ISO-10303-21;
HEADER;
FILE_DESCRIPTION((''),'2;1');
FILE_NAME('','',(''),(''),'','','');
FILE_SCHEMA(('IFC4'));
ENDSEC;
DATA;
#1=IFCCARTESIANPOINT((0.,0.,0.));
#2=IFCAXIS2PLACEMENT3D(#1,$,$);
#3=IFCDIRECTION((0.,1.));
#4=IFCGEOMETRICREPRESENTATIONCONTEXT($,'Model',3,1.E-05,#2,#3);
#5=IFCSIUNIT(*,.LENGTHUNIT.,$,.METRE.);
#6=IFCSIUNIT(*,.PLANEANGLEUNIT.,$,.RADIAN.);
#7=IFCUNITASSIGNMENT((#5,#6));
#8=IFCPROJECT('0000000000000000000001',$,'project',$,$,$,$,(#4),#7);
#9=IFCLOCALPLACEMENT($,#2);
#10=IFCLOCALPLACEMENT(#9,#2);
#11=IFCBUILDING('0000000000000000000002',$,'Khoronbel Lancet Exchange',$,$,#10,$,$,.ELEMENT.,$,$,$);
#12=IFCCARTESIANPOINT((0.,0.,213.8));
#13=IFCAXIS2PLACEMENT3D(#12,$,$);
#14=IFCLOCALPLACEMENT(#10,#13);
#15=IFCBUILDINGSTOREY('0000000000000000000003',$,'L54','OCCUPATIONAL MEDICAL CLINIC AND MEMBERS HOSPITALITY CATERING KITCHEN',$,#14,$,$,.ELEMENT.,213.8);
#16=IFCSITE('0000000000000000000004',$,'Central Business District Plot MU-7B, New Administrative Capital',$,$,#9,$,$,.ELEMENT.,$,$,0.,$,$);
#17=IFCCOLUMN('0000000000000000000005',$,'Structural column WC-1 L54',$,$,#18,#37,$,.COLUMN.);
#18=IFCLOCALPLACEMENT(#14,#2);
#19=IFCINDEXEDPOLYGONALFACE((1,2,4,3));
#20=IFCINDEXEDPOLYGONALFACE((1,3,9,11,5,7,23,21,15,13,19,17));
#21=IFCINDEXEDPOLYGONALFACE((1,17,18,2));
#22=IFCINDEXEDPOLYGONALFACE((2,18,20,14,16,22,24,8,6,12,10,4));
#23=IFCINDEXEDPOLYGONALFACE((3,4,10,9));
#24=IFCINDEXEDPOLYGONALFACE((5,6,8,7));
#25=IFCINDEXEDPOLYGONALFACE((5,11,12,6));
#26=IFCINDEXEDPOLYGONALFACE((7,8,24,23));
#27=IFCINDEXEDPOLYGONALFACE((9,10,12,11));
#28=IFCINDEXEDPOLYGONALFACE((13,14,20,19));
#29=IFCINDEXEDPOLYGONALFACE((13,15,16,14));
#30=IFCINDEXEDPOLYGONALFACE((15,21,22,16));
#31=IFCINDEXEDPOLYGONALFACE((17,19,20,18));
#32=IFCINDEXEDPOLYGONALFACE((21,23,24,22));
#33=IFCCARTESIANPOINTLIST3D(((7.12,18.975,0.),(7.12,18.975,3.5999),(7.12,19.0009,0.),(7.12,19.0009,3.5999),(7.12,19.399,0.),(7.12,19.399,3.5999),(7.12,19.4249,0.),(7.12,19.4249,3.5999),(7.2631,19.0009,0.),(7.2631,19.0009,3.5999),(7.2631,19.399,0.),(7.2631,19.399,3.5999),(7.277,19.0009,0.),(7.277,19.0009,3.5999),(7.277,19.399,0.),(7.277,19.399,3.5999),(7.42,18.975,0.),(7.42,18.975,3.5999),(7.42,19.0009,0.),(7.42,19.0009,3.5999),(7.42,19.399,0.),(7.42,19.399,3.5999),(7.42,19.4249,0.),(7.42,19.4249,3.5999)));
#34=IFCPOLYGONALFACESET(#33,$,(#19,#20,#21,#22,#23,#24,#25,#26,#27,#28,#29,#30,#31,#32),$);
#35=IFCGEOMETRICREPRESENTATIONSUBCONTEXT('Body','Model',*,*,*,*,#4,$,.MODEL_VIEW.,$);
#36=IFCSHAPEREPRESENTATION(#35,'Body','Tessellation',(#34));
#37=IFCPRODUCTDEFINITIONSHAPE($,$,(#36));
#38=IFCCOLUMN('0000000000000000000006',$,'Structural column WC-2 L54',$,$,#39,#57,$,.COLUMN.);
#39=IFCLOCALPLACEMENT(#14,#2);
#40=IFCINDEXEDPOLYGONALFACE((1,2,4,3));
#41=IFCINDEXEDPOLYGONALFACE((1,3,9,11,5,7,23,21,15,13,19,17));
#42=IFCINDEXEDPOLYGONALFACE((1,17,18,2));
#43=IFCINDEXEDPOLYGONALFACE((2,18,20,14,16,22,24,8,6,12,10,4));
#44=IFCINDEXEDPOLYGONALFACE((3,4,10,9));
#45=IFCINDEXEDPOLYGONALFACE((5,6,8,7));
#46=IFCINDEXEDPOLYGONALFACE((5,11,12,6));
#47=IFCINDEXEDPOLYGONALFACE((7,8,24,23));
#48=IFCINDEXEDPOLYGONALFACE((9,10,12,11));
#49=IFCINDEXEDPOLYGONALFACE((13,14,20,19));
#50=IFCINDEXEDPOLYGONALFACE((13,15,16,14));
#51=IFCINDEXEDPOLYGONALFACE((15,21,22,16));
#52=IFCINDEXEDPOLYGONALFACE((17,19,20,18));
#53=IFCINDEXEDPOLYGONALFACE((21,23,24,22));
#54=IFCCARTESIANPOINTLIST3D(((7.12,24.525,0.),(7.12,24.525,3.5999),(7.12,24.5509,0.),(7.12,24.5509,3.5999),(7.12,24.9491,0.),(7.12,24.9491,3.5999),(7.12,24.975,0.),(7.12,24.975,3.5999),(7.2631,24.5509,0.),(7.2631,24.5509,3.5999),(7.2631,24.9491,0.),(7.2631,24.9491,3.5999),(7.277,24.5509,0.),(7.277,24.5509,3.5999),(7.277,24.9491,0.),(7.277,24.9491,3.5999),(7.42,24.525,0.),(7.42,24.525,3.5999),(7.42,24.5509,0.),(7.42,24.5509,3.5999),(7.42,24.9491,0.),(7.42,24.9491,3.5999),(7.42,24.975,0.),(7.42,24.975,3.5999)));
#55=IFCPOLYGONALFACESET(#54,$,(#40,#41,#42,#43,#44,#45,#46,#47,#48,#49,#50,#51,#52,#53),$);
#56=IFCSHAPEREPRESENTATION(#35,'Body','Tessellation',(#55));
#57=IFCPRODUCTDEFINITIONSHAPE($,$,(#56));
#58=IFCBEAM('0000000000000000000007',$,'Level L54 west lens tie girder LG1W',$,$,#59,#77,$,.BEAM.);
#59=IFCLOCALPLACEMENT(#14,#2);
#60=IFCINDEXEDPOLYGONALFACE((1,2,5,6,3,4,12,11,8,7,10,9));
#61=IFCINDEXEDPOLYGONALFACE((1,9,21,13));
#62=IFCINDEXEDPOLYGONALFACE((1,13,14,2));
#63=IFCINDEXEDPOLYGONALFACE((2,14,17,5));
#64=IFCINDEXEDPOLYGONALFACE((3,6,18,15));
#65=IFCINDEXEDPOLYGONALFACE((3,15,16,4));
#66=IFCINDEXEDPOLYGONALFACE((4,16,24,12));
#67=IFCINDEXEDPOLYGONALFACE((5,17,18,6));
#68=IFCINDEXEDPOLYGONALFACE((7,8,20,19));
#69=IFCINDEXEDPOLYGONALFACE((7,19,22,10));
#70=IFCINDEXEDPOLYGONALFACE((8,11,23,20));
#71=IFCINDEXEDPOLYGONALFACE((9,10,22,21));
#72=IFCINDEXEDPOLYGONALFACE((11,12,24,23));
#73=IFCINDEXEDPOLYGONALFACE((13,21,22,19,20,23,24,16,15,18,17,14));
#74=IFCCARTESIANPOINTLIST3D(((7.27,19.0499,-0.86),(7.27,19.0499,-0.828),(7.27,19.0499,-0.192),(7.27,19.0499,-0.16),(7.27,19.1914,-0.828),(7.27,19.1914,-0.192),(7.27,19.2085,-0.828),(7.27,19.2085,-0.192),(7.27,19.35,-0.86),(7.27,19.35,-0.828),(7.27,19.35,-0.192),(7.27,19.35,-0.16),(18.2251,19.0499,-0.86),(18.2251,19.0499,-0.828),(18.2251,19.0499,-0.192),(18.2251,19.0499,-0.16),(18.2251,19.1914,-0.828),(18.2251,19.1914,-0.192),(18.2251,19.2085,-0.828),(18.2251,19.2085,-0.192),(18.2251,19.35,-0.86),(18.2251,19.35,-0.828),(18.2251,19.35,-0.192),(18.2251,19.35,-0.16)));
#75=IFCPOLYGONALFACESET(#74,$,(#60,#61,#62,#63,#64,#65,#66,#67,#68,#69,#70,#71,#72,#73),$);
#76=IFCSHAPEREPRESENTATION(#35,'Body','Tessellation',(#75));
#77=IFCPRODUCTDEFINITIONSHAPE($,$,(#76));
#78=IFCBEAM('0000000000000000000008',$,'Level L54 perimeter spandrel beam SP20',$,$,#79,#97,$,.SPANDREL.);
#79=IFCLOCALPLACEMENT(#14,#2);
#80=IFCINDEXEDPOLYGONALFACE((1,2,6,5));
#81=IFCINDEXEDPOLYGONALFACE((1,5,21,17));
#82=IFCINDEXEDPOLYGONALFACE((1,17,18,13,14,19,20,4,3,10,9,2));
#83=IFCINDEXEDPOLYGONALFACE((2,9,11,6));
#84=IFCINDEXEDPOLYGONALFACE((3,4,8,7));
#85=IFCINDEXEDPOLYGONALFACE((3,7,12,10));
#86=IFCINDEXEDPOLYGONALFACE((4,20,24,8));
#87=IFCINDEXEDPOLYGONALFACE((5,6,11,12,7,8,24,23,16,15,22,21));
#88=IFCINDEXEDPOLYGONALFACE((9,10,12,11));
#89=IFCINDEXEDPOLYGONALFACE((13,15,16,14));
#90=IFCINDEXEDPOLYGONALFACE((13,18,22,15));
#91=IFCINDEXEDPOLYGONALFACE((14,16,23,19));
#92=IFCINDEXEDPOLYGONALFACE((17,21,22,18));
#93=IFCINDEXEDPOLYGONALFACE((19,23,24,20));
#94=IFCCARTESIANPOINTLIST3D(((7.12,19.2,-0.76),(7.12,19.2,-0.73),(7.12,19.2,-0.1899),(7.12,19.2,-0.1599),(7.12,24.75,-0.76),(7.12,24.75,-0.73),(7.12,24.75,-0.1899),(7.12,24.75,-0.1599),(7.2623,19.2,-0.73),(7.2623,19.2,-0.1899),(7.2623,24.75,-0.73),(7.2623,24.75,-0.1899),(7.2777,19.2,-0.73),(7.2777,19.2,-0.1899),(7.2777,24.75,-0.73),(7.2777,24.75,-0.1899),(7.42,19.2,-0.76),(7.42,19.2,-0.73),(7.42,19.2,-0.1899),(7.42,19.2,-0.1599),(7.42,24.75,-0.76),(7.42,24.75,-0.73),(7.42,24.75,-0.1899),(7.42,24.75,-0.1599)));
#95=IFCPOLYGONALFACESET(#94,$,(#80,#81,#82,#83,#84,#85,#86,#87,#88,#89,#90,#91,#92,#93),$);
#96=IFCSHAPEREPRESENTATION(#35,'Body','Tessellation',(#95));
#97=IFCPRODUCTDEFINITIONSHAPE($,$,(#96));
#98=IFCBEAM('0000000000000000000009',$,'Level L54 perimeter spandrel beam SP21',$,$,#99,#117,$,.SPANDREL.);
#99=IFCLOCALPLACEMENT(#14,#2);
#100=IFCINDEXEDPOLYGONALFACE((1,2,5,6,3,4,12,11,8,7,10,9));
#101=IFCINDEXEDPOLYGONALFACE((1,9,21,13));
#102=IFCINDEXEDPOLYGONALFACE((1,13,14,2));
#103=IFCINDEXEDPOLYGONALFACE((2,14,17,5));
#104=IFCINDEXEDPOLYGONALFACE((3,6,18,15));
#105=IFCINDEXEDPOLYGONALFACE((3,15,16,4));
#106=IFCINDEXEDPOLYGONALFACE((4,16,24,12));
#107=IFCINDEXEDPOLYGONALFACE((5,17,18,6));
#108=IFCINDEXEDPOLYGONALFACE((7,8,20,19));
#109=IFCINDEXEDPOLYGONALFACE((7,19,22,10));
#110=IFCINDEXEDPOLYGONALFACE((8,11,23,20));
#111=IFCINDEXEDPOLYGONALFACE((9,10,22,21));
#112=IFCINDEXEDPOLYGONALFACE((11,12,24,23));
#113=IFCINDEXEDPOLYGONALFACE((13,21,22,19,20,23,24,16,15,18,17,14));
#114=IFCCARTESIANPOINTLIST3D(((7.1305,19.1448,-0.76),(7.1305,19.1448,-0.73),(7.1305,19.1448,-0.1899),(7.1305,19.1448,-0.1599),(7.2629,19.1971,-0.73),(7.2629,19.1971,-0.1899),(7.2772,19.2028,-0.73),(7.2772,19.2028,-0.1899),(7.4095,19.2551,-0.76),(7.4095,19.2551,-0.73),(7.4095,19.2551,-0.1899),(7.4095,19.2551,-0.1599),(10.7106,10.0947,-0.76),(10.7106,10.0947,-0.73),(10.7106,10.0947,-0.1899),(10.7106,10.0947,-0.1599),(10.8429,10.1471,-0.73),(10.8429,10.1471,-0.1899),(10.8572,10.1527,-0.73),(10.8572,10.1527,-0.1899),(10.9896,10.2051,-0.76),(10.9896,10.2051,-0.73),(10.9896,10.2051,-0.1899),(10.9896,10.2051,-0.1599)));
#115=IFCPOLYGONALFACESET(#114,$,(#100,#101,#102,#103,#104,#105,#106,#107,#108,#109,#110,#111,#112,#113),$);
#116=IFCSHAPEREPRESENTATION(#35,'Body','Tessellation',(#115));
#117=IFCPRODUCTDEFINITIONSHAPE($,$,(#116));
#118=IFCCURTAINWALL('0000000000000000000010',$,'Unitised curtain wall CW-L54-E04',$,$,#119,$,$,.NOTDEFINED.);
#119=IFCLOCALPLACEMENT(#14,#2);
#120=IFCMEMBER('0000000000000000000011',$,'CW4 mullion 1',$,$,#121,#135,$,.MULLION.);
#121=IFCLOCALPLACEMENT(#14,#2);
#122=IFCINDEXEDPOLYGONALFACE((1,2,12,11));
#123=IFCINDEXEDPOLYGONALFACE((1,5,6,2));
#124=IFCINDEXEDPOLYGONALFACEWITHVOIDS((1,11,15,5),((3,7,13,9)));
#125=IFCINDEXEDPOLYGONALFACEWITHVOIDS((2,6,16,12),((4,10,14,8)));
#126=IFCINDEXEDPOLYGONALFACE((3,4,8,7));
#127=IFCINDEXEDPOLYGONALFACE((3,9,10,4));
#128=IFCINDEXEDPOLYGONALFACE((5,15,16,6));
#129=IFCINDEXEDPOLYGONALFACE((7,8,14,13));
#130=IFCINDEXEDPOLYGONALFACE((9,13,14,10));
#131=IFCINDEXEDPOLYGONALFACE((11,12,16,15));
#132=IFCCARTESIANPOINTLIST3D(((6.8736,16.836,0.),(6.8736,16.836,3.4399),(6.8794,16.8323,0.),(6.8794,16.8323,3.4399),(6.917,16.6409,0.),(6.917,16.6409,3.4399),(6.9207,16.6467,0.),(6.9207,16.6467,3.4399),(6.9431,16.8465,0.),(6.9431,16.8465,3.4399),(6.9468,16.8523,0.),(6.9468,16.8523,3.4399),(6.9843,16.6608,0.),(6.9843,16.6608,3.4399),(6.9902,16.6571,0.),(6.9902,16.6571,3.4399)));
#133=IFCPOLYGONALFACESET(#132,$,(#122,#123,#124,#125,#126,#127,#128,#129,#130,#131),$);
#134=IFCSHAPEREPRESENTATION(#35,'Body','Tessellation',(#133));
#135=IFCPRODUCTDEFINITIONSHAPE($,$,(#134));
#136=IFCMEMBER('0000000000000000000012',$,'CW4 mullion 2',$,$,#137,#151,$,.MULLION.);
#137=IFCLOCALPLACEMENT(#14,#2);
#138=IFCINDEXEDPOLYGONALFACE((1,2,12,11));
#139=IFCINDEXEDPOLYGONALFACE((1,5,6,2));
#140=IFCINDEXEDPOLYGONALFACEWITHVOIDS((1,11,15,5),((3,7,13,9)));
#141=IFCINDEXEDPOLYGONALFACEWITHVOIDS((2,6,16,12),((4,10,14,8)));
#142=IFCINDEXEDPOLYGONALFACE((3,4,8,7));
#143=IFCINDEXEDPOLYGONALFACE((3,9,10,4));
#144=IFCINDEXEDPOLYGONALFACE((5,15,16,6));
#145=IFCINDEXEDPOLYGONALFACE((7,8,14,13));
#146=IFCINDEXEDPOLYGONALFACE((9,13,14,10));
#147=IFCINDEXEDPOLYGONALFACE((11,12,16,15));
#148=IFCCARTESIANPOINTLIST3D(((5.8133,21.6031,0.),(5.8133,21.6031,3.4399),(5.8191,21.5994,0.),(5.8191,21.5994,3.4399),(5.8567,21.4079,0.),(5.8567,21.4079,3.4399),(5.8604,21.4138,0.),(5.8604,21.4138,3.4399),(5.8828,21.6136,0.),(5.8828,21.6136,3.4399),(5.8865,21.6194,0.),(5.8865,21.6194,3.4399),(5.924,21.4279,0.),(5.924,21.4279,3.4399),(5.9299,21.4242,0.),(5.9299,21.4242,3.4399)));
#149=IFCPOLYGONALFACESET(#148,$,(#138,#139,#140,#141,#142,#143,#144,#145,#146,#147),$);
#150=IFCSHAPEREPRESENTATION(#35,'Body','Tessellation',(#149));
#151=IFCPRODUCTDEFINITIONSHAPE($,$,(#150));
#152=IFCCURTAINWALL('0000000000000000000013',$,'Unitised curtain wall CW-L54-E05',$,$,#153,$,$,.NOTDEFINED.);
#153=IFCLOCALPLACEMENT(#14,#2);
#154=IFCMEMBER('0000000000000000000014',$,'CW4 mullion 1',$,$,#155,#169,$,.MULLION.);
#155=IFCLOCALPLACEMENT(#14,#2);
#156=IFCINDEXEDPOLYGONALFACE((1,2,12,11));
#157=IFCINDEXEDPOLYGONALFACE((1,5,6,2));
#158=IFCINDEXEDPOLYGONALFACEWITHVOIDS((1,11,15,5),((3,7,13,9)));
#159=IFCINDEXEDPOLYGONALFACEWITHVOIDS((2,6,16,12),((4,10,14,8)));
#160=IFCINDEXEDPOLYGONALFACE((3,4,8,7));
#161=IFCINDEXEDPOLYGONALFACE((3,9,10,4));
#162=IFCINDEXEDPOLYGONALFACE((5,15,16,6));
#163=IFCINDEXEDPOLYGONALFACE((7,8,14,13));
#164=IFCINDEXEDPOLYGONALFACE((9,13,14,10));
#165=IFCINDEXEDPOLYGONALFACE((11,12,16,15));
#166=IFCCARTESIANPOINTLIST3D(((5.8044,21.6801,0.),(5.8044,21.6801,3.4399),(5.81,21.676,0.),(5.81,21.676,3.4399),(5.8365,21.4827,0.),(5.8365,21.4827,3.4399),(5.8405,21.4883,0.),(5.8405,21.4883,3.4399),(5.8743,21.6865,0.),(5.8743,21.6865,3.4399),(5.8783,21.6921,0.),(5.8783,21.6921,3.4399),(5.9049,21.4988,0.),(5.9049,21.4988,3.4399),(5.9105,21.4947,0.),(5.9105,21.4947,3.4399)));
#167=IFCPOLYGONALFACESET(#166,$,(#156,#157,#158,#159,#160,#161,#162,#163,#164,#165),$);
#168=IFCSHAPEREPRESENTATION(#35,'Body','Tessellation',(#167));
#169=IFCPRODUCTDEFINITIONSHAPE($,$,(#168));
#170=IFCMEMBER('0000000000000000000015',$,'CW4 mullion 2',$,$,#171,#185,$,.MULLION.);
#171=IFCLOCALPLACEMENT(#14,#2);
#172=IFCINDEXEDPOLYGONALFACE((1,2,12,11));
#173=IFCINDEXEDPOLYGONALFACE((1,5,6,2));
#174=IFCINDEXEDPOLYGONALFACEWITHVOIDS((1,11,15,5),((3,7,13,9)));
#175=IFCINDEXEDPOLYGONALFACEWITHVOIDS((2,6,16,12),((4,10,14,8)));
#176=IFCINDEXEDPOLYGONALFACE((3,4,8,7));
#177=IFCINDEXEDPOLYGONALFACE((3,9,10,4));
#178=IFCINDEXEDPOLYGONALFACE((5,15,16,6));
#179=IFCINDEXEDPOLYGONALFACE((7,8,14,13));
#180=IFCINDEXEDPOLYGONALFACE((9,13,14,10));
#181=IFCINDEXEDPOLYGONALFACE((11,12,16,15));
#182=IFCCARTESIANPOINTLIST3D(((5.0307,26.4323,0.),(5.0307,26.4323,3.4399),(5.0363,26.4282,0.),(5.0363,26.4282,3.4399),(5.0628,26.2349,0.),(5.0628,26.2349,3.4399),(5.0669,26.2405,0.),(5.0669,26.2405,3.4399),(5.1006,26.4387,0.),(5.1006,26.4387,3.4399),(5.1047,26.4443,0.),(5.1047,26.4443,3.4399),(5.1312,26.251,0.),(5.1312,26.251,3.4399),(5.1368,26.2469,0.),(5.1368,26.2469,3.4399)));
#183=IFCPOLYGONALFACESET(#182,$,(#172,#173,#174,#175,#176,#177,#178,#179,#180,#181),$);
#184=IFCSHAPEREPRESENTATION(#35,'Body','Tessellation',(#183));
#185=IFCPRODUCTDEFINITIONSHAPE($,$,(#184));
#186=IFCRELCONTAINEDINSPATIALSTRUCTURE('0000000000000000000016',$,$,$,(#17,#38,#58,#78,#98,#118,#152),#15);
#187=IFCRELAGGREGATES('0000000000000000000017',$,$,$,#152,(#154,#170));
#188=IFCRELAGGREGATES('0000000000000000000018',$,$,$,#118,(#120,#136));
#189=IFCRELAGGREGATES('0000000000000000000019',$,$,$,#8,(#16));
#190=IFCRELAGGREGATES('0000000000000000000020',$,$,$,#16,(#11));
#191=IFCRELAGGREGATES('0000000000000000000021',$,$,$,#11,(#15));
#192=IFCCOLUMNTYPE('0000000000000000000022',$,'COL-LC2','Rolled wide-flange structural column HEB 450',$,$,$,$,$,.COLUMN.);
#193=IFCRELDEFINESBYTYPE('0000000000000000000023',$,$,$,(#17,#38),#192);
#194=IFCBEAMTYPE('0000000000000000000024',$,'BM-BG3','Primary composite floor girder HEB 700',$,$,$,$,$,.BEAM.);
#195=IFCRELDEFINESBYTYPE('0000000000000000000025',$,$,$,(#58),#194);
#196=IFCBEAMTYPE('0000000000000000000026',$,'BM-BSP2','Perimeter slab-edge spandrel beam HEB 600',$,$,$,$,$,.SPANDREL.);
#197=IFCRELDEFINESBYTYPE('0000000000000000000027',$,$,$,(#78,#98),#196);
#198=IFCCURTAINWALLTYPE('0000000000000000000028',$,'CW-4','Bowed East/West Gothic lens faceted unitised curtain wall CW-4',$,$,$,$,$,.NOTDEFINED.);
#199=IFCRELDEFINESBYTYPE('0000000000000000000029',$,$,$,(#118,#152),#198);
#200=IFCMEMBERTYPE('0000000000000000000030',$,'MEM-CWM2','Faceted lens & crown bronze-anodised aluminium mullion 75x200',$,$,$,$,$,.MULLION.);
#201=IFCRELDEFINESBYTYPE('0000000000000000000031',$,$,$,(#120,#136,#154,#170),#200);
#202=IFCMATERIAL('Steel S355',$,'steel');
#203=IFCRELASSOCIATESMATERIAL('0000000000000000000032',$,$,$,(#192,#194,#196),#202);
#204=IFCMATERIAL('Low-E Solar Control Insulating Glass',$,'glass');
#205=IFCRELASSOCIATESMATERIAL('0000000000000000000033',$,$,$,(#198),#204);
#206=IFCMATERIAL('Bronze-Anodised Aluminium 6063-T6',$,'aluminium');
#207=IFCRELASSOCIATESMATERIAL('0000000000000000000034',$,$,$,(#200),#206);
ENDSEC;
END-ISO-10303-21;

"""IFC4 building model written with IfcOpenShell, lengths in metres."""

from ifc_helpers import new_model, si_unit, direction, frame, origin, origin_2d, place, context, subcontext, project, spatial, hollow_rectangle, i_section, extrude, material, material_profile, profile_set, type_object, element, aggregate, save


model = new_model("IFC4")

# Units and contexts
model_context = context("Model", 3, precision=1e-05, world=origin(), true_north=direction((0.0, 1.0)))
body_context = subcontext(model_context, "Body", "Model", "MODEL_VIEW")
ifc_project = project(units=[si_unit("LENGTHUNIT", "METRE"), si_unit("PLANEANGLEUNIT", "RADIAN")], contexts=[model_context])

# Site, building, storey
site_placement = place(None, origin())
site = spatial("IfcSite", under=ifc_project, at=site_placement, Name="Central Business District Plot MU-7B, New Administrative Capital", CompositionType="ELEMENT", RefElevation=0.0)
building_placement = place(site_placement, origin())
building = spatial("IfcBuilding", under=site, at=building_placement, Name="Khoronbel Lancet Exchange", CompositionType="ELEMENT")
storey_placement = place(building_placement, frame((0.0, 0.0, 213.8)))
storey = spatial("IfcBuildingStorey", under=building, at=storey_placement, Name="L54", Description="OCCUPATIONAL MEDICAL CLINIC AND MEMBERS HOSPITALITY CATERING KITCHEN", CompositionType="ELEMENT", Elevation=213.8)

# Columns
ifc_material_1 = material(Name="Steel S355", Category="steel")
ifc_material_profile_1 = material_profile(ifc_material_1, i_section(OverallWidth=0.3, OverallDepth=0.45, WebThickness=0.0139, FlangeThickness=0.0259, at=origin_2d()), Name="HEB 450")
ifc_profile_set_1 = profile_set([ifc_material_profile_1], Name="Steel S355")
column_type = type_object("IfcColumnType", Name="COL-LC2", Description="Rolled wide-flange structural column HEB 450", PredefinedType="COLUMN", material=ifc_profile_set_1)
for number, where, z_axis, x_axis, name in (
    (1, (7.27, 19.2, 0.0), (0.0, 0.0, 1.0), (1.0, 0.0, 0.0), "Structural column WC-1 L54"),
    (2, (7.27, 24.75, 0.0), (0.0, 0.0, 1.0), (1.0, 0.0, 0.0), "Structural column WC-2 L54"),
):
    element("IfcColumn", number, at=place(storey_placement, frame(where, z_axis=z_axis, x_axis=x_axis)), inside=storey, type_object=column_type, Name=name, PredefinedType="COLUMN", context=body_context, shape_type="SweptSolid", body=[
        extrude(i_section(OverallWidth=0.3, OverallDepth=0.45, WebThickness=0.0139, FlangeThickness=0.0259, at=origin_2d()), origin(), (0.0, 0.0, 1.0), 3.5999),
    ])

# Beams
ifc_material_profile_2 = material_profile(ifc_material_1, i_section(OverallWidth=0.3, OverallDepth=0.7, WebThickness=0.0171, FlangeThickness=0.032, at=origin_2d()), Name="HEB 700")
ifc_profile_set_2 = profile_set([ifc_material_profile_2], Name="Steel S355")
beam_type_1 = type_object("IfcBeamType", Name="BM-BG3", Description="Primary composite floor girder HEB 700", PredefinedType="BEAM", material=ifc_profile_set_2)
beam_1_placement = place(storey_placement, frame((7.27, 19.2, -0.51), z_axis=(1.0, 0.0, 0.0), x_axis=(0.0, 1.0, 0.0)))
element("IfcBeam", 3, at=beam_1_placement, inside=storey, type_object=beam_type_1, Name="Level L54 west lens tie girder LG1W", PredefinedType="BEAM", context=body_context, shape_type="SweptSolid", body=[
    extrude(i_section(OverallWidth=0.3, OverallDepth=0.7, WebThickness=0.0171, FlangeThickness=0.032, at=origin_2d()), origin(), (0.0, 0.0, 1.0), 10.9551),
])
ifc_material_profile_3 = material_profile(ifc_material_1, i_section(OverallWidth=0.3, OverallDepth=0.6001, WebThickness=0.0154, FlangeThickness=0.03, at=origin_2d()), Name="HEB 600")
ifc_profile_set_3 = profile_set([ifc_material_profile_3], Name="Steel S355")
beam_type_2 = type_object("IfcBeamType", Name="BM-BSP2", Description="Perimeter slab-edge spandrel beam HEB 600", PredefinedType="SPANDREL", material=ifc_profile_set_3)
beam_2_placement = place(storey_placement, frame((7.27, 24.75, -0.46), z_axis=(0.0, -1.0, 0.0), x_axis=(1.0, 0.0, 0.0)))
element("IfcBeam", 4, at=beam_2_placement, inside=storey, type_object=beam_type_2, Name="Level L54 perimeter spandrel beam SP20", PredefinedType="SPANDREL", context=body_context, shape_type="SweptSolid", body=[
    extrude(i_section(OverallWidth=0.3, OverallDepth=0.6001, WebThickness=0.0154, FlangeThickness=0.03, at=origin_2d()), origin(), (0.0, 0.0, 1.0), 5.55),
])
beam_3_placement = place(storey_placement, frame((7.27, 19.2, -0.46), z_axis=(0.36785, -0.929885, 0.0), x_axis=(0.929885, 0.36785, 0.0)))
element("IfcBeam", 5, at=beam_3_placement, inside=storey, type_object=beam_type_2, Name="Level L54 perimeter spandrel beam SP21", PredefinedType="SPANDREL", context=body_context, shape_type="SweptSolid", body=[
    extrude(i_section(OverallWidth=0.3, OverallDepth=0.6001, WebThickness=0.0154, FlangeThickness=0.03, at=origin_2d()), origin(), (0.0, 0.0, 1.0), 9.7324),
])

# Curtain walls, members
ifc_material_2 = material(Name="Low-E Solar Control Insulating Glass", Category="glass")
curtain_wall_type = type_object("IfcCurtainWallType", Name="CW-4", Description="Bowed East/West Gothic lens faceted unitised curtain wall CW-4", PredefinedType="NOTDEFINED", material=ifc_material_2)
curtain_wall_1_placement = place(storey_placement, origin())
curtain_wall_1 = element("IfcCurtainWall", 6, at=curtain_wall_1_placement, inside=storey, type_object=curtain_wall_type, Name="Unitised curtain wall CW-L54-E04", PredefinedType="NOTDEFINED")
ifc_material_3 = material(Name="Bronze-Anodised Aluminium 6063-T6", Category="aluminium")
ifc_material_profile_4 = material_profile(ifc_material_3, hollow_rectangle(XDim=0.075, YDim=0.2, WallThickness=0.0049, at=origin_2d()), Name="ALU MULLION 75x200")
ifc_profile_set_4 = profile_set([ifc_material_profile_4], Name="Bronze-Anodised Aluminium 6063-T6")
member_type_1 = type_object("IfcMemberType", Name="MEM-CWM2", Description="Faceted lens & crown bronze-anodised aluminium mullion 75x200", PredefinedType="MULLION", material=ifc_profile_set_4)
member_1_placement = place(storey_placement, frame((6.9319, 16.7466, 0.0), z_axis=(0.0, 0.0, 1.0), x_axis=(-0.976146, -0.217114, 0.0)))
member_1 = element("IfcMember", 7, at=member_1_placement, type_object=member_type_1, Name="CW4 mullion 1", PredefinedType="MULLION", context=body_context, shape_type="SweptSolid", body=[
    extrude(hollow_rectangle(XDim=0.075, YDim=0.2, WallThickness=0.0049, at=origin_2d()), origin(), (0.0, 0.0, 1.0), 3.4399),
])
member_2_placement = place(storey_placement, frame((5.8716, 21.5137, 0.0), z_axis=(0.0, 0.0, 1.0), x_axis=(-0.976146, -0.217114, 0.0)))
member_2 = element("IfcMember", 8, at=member_2_placement, type_object=member_type_1, Name="CW4 mullion 2", PredefinedType="MULLION", context=body_context, shape_type="SweptSolid", body=[
    extrude(hollow_rectangle(XDim=0.075, YDim=0.2, WallThickness=0.0049, at=origin_2d()), origin(), (0.0, 0.0, 1.0), 3.4399),
])
curtain_wall_2_placement = place(storey_placement, origin())
curtain_wall_2 = element("IfcCurtainWall", 9, at=curtain_wall_2_placement, inside=storey, type_object=curtain_wall_type, Name="Unitised curtain wall CW-L54-E05", PredefinedType="NOTDEFINED")
member_3_placement = place(storey_placement, frame((5.8574, 21.5874, 0.0), z_axis=(0.0, 0.0, 1.0), x_axis=(-0.987003, -0.1607, 0.0)))
member_3 = element("IfcMember", 10, at=member_3_placement, type_object=member_type_1, Name="CW4 mullion 1", PredefinedType="MULLION", context=body_context, shape_type="SweptSolid", body=[
    extrude(hollow_rectangle(XDim=0.075, YDim=0.2, WallThickness=0.0049, at=origin_2d()), origin(), (0.0, 0.0, 1.0), 3.4399),
])
member_4_placement = place(storey_placement, frame((5.0837, 26.3396, 0.0), z_axis=(0.0, 0.0, 1.0), x_axis=(-0.987003, -0.1607, 0.0)))
member_4 = element("IfcMember", 11, at=member_4_placement, type_object=member_type_1, Name="CW4 mullion 2", PredefinedType="MULLION", context=body_context, shape_type="SweptSolid", body=[
    extrude(hollow_rectangle(XDim=0.075, YDim=0.2, WallThickness=0.0049, at=origin_2d()), origin(), (0.0, 0.0, 1.0), 3.4399),
])

aggregate(curtain_wall_2, [member_3, member_4])
aggregate(curtain_wall_1, [member_1, member_2])

save(model, "model.ifc")
